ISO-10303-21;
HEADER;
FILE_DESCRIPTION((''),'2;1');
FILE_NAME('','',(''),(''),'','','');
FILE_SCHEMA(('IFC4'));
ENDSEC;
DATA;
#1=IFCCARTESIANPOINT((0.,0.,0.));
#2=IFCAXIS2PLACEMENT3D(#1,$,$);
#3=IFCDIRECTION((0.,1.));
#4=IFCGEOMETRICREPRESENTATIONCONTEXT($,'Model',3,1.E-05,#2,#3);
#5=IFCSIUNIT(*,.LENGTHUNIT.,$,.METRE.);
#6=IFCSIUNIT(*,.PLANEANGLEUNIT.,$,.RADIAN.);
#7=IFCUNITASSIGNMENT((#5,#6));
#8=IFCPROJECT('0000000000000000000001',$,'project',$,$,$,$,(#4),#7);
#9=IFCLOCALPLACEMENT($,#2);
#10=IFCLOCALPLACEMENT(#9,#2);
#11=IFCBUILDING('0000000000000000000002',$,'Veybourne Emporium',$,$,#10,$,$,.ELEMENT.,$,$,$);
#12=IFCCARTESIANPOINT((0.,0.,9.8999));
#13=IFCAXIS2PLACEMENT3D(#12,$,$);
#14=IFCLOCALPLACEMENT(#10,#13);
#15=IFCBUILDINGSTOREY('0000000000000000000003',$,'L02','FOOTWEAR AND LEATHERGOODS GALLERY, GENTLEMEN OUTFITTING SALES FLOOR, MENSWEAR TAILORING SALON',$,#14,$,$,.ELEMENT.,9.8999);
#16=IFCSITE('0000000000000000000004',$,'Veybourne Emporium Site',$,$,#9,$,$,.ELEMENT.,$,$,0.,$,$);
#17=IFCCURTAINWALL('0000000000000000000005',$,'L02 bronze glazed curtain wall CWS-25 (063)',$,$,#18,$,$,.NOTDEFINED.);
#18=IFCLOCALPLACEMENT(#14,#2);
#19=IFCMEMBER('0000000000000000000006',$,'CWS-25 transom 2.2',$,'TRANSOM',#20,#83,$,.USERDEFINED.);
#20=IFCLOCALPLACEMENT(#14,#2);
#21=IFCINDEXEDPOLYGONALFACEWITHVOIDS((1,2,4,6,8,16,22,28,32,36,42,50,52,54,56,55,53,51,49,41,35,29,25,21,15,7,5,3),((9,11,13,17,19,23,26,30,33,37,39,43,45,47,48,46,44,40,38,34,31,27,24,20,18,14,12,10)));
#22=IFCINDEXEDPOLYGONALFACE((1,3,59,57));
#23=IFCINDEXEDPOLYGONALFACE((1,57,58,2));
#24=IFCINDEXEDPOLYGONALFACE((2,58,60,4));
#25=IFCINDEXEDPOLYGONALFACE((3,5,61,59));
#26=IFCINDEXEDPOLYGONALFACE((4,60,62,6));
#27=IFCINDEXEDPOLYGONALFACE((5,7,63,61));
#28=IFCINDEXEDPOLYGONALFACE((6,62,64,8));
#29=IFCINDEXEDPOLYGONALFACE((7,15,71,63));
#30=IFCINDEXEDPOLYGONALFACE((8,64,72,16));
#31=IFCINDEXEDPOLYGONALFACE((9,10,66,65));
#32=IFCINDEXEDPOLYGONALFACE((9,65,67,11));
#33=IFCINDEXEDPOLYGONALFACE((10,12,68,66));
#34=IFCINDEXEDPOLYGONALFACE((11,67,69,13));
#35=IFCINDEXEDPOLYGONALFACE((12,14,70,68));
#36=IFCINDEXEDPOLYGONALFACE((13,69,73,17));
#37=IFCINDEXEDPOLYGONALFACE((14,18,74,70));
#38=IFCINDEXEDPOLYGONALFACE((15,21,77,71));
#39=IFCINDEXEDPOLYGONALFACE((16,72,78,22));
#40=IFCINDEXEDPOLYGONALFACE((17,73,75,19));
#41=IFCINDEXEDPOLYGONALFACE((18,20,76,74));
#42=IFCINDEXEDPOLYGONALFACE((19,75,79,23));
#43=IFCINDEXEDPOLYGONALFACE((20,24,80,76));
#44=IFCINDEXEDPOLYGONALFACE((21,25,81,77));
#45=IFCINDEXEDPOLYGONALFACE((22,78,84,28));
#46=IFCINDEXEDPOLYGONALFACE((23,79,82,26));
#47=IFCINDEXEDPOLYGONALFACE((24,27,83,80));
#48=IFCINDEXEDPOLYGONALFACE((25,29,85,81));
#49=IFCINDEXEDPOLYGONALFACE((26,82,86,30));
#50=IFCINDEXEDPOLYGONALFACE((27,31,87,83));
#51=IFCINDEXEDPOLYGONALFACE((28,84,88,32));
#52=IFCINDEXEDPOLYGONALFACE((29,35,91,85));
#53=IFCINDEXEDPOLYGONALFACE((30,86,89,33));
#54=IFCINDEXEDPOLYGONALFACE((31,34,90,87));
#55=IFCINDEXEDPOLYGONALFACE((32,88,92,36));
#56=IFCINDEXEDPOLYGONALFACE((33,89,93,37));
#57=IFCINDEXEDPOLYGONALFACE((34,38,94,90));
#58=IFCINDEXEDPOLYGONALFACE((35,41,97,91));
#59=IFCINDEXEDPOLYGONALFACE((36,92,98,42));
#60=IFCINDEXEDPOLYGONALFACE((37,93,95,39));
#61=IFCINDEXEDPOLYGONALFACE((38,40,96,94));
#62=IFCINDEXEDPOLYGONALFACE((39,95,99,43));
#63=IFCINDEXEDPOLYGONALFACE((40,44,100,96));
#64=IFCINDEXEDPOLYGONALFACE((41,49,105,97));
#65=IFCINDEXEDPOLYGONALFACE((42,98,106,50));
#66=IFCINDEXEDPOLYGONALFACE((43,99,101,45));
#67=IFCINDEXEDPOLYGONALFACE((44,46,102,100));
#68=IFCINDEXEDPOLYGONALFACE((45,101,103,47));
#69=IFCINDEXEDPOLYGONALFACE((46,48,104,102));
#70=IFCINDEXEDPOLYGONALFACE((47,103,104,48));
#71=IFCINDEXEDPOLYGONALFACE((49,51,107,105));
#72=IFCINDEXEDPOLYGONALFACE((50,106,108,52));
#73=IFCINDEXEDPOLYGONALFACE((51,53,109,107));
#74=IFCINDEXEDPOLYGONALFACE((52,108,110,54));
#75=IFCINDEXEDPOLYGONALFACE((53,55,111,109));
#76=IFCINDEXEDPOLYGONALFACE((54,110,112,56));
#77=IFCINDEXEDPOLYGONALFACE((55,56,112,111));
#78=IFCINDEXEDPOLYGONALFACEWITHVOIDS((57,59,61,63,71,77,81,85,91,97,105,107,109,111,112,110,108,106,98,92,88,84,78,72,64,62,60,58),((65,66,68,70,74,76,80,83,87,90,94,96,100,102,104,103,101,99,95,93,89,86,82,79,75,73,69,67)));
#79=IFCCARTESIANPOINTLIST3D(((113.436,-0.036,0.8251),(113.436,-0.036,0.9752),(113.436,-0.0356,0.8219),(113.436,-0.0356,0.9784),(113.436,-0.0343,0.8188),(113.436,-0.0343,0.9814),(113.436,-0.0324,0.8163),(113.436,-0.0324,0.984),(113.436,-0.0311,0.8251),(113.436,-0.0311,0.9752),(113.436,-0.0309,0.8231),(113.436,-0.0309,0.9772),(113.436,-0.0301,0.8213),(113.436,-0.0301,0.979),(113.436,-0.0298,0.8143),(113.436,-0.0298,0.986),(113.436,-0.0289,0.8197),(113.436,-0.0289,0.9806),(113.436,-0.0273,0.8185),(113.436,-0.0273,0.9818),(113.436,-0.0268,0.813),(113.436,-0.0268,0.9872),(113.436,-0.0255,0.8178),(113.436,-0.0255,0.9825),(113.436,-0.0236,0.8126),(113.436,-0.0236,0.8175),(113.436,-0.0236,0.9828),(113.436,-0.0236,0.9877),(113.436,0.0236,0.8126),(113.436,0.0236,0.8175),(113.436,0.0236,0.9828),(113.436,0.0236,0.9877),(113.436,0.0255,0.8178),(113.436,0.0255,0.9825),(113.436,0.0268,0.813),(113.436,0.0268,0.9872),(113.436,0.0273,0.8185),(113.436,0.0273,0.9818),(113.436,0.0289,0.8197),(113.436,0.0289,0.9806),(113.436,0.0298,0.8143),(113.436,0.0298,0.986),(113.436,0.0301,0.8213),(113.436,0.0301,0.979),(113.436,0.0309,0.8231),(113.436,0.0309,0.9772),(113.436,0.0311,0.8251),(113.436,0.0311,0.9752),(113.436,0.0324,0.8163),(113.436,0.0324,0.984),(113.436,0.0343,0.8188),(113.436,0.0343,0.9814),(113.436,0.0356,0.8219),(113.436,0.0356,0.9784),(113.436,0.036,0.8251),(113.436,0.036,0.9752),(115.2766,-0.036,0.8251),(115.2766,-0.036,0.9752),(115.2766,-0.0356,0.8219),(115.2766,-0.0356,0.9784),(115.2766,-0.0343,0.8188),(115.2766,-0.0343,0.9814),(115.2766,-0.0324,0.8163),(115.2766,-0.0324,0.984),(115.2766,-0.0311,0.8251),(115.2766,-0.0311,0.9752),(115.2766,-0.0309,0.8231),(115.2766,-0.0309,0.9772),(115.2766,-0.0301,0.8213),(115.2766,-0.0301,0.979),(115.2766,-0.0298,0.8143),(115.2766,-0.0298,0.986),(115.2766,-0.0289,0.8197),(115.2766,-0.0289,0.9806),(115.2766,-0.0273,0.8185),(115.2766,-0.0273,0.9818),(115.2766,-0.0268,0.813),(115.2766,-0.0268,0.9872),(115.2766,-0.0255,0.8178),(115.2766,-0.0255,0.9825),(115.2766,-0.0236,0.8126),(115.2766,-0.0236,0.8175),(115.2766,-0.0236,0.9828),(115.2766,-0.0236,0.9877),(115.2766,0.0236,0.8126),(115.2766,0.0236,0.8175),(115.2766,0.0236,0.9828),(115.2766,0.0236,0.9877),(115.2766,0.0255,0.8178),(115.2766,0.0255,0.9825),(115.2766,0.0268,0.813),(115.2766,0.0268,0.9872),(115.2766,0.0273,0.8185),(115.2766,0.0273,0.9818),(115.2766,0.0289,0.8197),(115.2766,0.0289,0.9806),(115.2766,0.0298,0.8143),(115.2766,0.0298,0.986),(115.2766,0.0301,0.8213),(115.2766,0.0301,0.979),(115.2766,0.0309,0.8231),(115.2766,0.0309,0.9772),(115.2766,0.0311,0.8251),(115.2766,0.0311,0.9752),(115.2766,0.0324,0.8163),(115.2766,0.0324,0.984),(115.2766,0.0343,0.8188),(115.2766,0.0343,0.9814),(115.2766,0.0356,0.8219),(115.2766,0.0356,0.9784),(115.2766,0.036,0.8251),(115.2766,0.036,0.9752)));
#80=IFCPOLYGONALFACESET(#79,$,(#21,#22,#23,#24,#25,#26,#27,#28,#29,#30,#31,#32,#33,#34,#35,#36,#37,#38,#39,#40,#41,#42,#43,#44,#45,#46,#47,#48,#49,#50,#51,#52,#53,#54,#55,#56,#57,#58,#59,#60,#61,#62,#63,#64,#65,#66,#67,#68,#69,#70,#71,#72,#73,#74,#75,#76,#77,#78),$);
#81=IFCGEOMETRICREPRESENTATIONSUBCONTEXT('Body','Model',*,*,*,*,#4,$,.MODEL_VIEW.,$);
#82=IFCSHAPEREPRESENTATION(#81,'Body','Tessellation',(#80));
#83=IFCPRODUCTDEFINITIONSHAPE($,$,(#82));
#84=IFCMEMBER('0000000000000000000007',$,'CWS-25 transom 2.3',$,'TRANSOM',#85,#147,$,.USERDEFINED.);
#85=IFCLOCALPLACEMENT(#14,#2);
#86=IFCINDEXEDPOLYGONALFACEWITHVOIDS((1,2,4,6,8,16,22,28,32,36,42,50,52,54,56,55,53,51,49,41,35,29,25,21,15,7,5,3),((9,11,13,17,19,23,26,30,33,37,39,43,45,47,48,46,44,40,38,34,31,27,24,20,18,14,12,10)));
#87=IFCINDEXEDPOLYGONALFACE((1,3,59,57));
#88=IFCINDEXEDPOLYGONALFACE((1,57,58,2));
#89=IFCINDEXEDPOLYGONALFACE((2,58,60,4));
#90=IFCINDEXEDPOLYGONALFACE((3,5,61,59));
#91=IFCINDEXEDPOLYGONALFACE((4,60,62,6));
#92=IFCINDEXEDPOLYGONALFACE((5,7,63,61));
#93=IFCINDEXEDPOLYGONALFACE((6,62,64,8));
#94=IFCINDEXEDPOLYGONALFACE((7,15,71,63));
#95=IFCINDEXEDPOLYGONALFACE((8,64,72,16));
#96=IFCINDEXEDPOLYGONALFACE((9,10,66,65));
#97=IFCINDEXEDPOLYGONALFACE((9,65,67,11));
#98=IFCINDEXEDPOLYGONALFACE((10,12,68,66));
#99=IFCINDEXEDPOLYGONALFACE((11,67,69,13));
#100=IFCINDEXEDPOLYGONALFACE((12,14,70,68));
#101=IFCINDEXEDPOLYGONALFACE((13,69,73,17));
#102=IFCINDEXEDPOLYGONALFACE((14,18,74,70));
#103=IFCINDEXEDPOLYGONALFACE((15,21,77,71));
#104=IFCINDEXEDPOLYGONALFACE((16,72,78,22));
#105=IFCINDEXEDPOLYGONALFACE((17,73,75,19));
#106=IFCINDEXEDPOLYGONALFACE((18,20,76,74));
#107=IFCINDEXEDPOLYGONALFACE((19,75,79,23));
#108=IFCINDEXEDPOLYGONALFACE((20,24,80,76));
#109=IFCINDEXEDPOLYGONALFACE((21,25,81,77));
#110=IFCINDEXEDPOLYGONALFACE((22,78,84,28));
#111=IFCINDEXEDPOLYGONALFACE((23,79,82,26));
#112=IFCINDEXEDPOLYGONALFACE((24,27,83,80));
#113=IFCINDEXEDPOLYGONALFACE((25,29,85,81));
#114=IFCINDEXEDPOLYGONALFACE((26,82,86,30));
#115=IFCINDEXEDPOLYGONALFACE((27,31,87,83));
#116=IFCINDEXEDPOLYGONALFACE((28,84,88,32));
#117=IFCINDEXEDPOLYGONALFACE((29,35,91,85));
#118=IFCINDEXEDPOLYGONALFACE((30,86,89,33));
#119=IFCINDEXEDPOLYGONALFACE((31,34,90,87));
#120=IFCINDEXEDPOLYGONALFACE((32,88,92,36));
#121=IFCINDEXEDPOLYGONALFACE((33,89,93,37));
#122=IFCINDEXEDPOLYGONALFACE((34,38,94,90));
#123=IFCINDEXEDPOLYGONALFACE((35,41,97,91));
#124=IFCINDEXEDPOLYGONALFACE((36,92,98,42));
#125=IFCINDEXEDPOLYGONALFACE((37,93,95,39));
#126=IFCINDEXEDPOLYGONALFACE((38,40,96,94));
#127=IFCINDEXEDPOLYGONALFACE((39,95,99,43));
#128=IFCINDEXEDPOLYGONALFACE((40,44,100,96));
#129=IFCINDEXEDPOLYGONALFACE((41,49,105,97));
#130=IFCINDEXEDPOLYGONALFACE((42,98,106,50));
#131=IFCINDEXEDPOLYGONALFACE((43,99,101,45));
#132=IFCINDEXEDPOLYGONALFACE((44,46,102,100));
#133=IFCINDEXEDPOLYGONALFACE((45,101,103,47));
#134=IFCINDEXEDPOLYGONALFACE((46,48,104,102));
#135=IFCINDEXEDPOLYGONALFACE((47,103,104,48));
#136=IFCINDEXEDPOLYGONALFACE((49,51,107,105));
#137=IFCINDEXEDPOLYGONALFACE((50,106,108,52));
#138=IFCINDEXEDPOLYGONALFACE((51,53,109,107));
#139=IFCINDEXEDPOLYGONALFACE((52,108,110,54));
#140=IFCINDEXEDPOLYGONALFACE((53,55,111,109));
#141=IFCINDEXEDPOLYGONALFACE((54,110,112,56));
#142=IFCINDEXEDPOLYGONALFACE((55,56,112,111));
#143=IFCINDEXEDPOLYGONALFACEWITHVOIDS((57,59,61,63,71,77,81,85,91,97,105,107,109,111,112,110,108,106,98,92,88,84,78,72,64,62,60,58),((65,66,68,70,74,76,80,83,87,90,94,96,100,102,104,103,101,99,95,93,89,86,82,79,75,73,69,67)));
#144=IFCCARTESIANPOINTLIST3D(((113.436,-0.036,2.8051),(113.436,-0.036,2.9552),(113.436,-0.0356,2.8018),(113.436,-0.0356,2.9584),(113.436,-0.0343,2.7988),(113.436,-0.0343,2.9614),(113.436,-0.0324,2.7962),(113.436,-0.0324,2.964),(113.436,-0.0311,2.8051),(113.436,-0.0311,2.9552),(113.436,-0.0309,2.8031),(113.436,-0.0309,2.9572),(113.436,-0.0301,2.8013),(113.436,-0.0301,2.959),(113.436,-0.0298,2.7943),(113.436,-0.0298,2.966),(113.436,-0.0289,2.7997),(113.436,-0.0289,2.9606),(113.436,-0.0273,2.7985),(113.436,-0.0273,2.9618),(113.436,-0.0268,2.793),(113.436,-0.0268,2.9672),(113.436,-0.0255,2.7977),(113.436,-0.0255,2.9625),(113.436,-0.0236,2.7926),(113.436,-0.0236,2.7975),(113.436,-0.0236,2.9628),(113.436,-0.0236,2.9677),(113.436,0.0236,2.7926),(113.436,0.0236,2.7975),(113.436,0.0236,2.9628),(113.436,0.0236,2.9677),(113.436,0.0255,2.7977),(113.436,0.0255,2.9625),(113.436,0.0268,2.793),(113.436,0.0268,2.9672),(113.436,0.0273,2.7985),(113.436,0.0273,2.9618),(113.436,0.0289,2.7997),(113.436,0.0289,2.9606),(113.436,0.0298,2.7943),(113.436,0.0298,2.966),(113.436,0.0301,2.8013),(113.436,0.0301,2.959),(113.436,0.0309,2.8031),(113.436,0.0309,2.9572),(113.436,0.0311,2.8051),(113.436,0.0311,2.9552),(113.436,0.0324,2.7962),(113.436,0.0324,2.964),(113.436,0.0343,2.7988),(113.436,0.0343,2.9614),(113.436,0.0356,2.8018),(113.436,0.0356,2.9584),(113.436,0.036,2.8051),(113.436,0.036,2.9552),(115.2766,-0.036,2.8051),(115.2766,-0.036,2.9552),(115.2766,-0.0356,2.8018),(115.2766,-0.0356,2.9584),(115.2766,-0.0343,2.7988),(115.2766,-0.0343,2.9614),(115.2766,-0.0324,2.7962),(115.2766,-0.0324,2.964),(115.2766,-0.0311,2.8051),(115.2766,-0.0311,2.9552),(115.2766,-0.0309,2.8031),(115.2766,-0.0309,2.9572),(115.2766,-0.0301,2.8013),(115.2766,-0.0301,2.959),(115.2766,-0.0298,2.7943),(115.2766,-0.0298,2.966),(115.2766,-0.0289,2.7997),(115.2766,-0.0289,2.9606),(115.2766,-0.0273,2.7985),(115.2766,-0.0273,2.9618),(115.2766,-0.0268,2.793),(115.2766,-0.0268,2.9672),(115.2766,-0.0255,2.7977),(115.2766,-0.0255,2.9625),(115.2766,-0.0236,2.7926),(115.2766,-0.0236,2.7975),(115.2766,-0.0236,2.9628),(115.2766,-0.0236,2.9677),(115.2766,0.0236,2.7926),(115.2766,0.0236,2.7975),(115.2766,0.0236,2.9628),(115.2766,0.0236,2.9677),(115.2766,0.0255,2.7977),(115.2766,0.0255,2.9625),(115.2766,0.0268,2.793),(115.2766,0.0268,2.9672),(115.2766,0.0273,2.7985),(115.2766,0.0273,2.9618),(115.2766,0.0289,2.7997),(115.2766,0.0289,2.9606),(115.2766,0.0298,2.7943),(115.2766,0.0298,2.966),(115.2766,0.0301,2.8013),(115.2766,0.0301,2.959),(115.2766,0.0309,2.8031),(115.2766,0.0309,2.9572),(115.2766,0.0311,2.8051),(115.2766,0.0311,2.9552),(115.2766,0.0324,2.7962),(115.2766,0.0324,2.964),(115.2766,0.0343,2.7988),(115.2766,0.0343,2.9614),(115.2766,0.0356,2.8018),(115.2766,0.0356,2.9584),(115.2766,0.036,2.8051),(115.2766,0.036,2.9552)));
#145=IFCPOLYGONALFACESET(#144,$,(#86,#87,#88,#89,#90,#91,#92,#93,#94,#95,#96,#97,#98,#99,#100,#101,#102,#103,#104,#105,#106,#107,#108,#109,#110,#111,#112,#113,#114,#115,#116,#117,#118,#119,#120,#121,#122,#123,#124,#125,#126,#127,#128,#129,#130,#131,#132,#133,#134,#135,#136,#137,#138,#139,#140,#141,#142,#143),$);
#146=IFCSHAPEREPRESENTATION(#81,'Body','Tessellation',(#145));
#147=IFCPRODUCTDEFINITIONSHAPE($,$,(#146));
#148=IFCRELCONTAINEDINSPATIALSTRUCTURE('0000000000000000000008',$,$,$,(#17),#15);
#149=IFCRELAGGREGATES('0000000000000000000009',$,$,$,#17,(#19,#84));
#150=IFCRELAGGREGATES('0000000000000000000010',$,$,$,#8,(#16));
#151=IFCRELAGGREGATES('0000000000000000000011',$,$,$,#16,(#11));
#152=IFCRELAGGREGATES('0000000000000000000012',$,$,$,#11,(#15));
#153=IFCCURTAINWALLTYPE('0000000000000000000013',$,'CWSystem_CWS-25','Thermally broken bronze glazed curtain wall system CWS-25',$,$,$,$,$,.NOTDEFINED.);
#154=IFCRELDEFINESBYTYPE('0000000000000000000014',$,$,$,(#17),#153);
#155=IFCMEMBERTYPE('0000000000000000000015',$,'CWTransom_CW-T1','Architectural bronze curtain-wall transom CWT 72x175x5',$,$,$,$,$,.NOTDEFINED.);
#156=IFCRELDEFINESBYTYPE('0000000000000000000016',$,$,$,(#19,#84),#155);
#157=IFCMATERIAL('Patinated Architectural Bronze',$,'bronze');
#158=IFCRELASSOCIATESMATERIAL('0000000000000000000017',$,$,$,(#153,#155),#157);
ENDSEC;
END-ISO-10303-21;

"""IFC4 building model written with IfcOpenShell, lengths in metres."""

from ifc_helpers import new_model, si_unit, direction, frame, origin, origin_2d, place, context, subcontext, project, spatial, hollow_rectangle, extrude, material, material_profile, profile_set, type_object, element, aggregate, save


model = new_model("IFC4")

# Units and contexts
model_context = context("Model", 3, precision=1e-05, world=origin(), true_north=direction((0.0, 1.0)))
body_context = subcontext(model_context, "Body", "Model", "MODEL_VIEW")
ifc_project = project(units=[si_unit("LENGTHUNIT", "METRE"), si_unit("PLANEANGLEUNIT", "RADIAN")], contexts=[model_context])

# Site, building, storey
site_placement = place(None, origin())
site = spatial("IfcSite", under=ifc_project, at=site_placement, Name="Veybourne Emporium Site", CompositionType="ELEMENT", RefElevation=0.0)
building_placement = place(site_placement, origin())
building = spatial("IfcBuilding", under=site, at=building_placement, Name="Veybourne Emporium", CompositionType="ELEMENT")
storey_placement = place(building_placement, frame((0.0, 0.0, 9.8999)))
storey = spatial("IfcBuildingStorey", under=building, at=storey_placement, Name="L02", Description="FOOTWEAR AND LEATHERGOODS GALLERY, GENTLEMEN OUTFITTING SALES FLOOR, MENSWEAR TAILORING SALON", CompositionType="ELEMENT", Elevation=9.8999)

# Curtain wall, members
ifc_material_1 = material(Name="Patinated Architectural Bronze", Category="bronze")
curtain_wall_type = type_object("IfcCurtainWallType", Name="CWSystem_CWS-25", Description="Thermally broken bronze glazed curtain wall system CWS-25", PredefinedType="NOTDEFINED", material=ifc_material_1)
curtain_wall_placement = place(storey_placement, origin())
curtain_wall = element("IfcCurtainWall", 1, at=curtain_wall_placement, inside=storey, type_object=curtain_wall_type, Name="L02 bronze glazed curtain wall CWS-25 (063)", PredefinedType="NOTDEFINED")
ifc_material_profile_1 = material_profile(ifc_material_1, hollow_rectangle(XDim=0.072, YDim=0.175, WallThickness=0.0049, InnerFilletRadius=0.0076, OuterFilletRadius=0.0125, at=origin_2d()), Name="CWT 72x175x5")
ifc_profile_set_1 = profile_set([ifc_material_profile_1], Name="Patinated Architectural Bronze")
member_type_1 = type_object("IfcMemberType", Name="CWTransom_CW-T1", Description="Architectural bronze curtain-wall transom CWT 72x175x5", PredefinedType="NOTDEFINED", material=ifc_profile_set_1)
member_1_placement = place(storey_placement, frame((115.2766, 0.0, 0.9001), z_axis=(-1.0, 0.0, 0.0), x_axis=(0.0, -1.0, 0.0)))
member_1 = element("IfcMember", 2, at=member_1_placement, type_object=member_type_1, Name="CWS-25 transom 2.2", ObjectType="TRANSOM", PredefinedType="USERDEFINED", context=body_context, shape_type="SweptSolid", body=[
    extrude(hollow_rectangle(XDim=0.072, YDim=0.175, WallThickness=0.0049, InnerFilletRadius=0.0076, OuterFilletRadius=0.0125, at=origin_2d()), origin(), (0.0, 0.0, 1.0), 1.8406),
])
member_2_placement = place(storey_placement, frame((115.2766, 0.0, 2.8801), z_axis=(-1.0, 0.0, 0.0), x_axis=(0.0, -1.0, 0.0)))
member_2 = element("IfcMember", 3, at=member_2_placement, type_object=member_type_1, Name="CWS-25 transom 2.3", ObjectType="TRANSOM", PredefinedType="USERDEFINED", context=body_context, shape_type="SweptSolid", body=[
    extrude(hollow_rectangle(XDim=0.072, YDim=0.175, WallThickness=0.0049, InnerFilletRadius=0.0076, OuterFilletRadius=0.0125, at=origin_2d()), origin(), (0.0, 0.0, 1.0), 1.8406),
])

aggregate(curtain_wall, [member_1, member_2])

save(model, "model.ifc")
